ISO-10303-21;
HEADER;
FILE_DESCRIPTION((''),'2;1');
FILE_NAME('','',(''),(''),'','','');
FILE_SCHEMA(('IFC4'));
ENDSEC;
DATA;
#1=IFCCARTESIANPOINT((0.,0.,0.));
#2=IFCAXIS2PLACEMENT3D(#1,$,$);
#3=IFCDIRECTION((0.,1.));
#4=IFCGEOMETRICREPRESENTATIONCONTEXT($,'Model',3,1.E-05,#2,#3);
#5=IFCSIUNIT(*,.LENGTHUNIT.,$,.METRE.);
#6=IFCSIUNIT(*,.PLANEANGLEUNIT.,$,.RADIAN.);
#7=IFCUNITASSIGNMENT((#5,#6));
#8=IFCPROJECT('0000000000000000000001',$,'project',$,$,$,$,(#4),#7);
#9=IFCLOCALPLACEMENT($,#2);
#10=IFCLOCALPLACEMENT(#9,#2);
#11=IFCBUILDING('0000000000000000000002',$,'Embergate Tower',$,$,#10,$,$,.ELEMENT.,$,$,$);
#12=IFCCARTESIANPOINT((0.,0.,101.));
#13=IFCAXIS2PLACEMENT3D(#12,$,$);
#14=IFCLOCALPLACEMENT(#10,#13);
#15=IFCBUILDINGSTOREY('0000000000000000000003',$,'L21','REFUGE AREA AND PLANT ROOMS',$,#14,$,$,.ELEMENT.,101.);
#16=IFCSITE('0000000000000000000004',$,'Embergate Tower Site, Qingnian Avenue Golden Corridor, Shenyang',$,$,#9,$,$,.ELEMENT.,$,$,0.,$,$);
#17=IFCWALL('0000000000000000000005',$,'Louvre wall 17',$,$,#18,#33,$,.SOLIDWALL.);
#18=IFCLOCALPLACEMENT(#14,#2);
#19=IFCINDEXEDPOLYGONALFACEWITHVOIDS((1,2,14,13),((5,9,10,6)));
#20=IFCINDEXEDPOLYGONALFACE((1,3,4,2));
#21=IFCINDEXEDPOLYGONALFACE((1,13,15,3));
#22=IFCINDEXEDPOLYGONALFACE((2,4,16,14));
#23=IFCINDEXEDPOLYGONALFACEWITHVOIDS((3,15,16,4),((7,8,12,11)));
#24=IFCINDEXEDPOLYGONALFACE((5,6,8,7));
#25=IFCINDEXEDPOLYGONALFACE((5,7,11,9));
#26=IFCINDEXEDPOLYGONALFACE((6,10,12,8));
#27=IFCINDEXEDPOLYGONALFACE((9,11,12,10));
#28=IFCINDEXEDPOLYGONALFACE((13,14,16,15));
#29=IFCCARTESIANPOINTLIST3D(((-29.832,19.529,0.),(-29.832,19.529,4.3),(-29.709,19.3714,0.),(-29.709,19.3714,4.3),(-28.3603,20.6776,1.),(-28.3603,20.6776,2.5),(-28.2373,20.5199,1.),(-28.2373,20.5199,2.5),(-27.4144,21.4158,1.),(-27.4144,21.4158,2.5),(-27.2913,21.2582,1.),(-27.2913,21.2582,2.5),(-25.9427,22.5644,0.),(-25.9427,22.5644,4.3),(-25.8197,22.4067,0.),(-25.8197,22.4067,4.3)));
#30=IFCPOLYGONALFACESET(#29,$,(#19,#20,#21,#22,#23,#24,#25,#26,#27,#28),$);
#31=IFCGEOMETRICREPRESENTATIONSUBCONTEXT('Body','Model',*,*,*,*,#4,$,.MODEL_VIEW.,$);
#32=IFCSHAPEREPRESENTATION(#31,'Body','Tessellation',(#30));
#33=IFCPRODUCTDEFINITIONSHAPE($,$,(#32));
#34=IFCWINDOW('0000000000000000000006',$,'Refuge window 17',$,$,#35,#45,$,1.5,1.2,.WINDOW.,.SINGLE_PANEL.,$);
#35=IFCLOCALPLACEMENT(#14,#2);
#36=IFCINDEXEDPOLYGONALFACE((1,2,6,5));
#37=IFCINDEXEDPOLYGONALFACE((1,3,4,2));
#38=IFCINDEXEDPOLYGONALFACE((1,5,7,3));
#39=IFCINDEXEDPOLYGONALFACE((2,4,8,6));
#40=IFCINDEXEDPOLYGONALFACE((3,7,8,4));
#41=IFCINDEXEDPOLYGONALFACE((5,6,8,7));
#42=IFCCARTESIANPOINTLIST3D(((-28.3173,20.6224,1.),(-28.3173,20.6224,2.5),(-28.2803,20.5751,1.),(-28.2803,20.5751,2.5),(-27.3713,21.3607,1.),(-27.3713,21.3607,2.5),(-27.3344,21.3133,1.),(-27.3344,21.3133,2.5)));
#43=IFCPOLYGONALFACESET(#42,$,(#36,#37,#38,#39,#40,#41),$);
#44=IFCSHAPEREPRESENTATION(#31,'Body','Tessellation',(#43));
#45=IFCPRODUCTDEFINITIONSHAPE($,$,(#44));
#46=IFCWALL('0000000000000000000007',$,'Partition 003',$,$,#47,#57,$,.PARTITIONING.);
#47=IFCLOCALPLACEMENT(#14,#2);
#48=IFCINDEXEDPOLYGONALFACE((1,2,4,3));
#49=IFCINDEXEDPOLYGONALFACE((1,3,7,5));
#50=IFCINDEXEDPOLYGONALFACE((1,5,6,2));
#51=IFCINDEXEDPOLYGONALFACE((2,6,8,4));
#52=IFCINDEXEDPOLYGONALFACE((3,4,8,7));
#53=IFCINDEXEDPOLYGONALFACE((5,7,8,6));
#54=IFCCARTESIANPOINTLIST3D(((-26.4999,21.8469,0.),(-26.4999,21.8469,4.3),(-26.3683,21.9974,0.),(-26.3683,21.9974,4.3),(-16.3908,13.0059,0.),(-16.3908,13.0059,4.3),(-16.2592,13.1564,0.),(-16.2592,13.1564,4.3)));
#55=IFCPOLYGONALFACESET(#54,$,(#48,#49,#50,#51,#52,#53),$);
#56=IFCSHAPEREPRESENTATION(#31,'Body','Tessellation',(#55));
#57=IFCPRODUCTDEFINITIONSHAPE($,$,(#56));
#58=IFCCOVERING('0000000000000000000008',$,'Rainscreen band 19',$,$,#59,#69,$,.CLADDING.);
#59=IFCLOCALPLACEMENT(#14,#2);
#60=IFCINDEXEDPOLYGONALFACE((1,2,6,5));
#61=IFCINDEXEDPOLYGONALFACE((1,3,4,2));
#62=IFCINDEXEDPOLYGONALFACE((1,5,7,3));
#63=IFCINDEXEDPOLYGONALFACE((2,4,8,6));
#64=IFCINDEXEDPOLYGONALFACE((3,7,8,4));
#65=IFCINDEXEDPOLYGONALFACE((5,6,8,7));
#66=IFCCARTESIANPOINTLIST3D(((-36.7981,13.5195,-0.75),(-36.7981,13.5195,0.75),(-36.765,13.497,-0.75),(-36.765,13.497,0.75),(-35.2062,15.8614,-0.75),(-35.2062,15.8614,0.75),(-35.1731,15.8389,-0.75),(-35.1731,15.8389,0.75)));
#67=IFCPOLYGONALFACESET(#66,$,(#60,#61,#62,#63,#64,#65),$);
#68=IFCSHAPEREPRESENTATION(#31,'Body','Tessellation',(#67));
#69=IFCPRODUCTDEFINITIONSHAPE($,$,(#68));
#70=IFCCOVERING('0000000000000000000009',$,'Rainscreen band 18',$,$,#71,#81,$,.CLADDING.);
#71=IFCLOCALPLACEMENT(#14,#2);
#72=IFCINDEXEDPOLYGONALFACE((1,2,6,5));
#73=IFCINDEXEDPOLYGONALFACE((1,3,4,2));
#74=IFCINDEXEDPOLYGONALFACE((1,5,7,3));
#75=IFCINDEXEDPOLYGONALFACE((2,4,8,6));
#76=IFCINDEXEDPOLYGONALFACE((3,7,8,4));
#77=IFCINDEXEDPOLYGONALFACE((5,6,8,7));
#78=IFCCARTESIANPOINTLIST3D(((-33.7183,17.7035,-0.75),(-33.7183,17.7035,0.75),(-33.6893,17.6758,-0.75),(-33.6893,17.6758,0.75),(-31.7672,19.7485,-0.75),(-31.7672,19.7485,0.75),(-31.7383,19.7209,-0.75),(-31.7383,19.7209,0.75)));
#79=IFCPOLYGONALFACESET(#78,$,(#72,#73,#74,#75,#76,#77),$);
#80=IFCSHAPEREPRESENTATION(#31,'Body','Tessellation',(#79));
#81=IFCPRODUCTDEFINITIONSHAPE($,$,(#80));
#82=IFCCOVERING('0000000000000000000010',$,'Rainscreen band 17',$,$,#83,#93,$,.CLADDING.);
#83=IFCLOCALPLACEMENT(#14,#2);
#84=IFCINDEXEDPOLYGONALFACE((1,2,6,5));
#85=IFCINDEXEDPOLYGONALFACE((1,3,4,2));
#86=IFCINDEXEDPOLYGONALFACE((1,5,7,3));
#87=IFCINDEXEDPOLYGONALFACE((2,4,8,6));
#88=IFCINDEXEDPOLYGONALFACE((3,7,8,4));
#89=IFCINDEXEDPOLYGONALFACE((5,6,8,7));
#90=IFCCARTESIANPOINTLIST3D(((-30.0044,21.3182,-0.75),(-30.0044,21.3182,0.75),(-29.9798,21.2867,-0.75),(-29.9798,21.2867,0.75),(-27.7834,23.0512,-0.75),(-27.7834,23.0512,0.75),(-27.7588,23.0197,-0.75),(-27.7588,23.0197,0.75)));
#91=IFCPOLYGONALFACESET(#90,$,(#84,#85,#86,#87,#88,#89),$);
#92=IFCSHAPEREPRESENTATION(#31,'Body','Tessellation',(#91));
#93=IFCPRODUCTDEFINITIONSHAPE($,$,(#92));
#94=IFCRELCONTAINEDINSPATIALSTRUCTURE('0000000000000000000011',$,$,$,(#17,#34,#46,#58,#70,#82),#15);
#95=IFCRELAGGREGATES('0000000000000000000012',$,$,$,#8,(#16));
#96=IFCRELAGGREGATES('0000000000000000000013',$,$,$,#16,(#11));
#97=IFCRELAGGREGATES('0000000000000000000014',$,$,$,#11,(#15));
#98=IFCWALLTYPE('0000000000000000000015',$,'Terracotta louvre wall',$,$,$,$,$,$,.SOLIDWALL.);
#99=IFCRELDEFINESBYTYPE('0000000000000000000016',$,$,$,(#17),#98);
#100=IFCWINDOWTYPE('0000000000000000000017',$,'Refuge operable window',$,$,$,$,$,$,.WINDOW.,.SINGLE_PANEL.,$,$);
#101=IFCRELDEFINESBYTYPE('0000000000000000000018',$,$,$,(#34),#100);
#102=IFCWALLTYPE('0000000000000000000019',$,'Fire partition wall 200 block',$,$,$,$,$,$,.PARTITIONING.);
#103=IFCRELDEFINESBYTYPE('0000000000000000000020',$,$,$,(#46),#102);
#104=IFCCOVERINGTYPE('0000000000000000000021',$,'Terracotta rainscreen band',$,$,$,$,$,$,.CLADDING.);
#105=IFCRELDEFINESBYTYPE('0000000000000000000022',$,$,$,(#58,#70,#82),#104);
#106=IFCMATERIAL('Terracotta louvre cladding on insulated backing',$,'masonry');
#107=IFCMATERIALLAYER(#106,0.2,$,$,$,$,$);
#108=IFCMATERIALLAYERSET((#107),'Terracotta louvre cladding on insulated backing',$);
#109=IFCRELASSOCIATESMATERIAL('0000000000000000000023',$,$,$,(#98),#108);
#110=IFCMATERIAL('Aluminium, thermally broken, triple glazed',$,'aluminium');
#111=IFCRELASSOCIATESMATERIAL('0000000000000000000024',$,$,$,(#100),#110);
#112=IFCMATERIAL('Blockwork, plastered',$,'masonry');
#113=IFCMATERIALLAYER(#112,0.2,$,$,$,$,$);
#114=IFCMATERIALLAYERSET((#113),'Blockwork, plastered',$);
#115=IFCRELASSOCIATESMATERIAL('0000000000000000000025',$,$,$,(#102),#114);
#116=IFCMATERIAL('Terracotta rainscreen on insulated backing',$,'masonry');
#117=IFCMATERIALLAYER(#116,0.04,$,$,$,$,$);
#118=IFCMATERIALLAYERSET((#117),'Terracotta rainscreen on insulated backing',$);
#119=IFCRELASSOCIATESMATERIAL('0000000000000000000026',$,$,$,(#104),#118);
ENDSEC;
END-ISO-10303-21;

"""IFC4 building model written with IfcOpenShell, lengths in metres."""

from ifc_helpers import new_model, si_unit, direction, frame, frame_2d, origin, origin_2d, place, context, subcontext, project, spatial, rectangle, extrude, source, transform, mapped, material, layer, layer_set, type_object, element, fill, save


model = new_model("IFC4")

# Units and contexts
model_context = context("Model", 3, precision=1e-05, world=origin(), true_north=direction((0.0, 1.0)))
body_context = subcontext(model_context, "Body", "Model", "MODEL_VIEW")
ifc_project = project(units=[si_unit("LENGTHUNIT", "METRE"), si_unit("PLANEANGLEUNIT", "RADIAN")], contexts=[model_context])

# Site, building, storey
site_placement = place(None, origin())
site = spatial("IfcSite", under=ifc_project, at=site_placement, Name="Embergate Tower Site, Qingnian Avenue Golden Corridor, Shenyang", CompositionType="ELEMENT", RefElevation=0.0)
building_placement = place(site_placement, origin())
building = spatial("IfcBuilding", under=site, at=building_placement, Name="Embergate Tower", CompositionType="ELEMENT")
storey_placement = place(building_placement, frame((0.0, 0.0, 101.0)))
storey = spatial("IfcBuildingStorey", under=building, at=storey_placement, Name="L21", Description="REFUGE AREA AND PLANT ROOMS", CompositionType="ELEMENT", Elevation=101.0)

# Wall, opening, window
ifc_material_1 = material(Name="Terracotta louvre cladding on insulated backing", Category="masonry")
ifc_layer_1 = layer(ifc_material_1, 0.2)
ifc_layer_set_1 = layer_set([ifc_layer_1], Name="Terracotta louvre cladding on insulated backing")
wall_type_1 = type_object("IfcWallType", Name="Terracotta louvre wall", PredefinedType="SOLIDWALL", material=ifc_layer_set_1)
shared_shape_1 = source(origin(), body_context, "Body", "SweptSolid", [
    extrude(rectangle(XDim=1.2, YDim=1.5, at=frame_2d((0.6001, 0.75))), frame((0.0, 0.1099, 0.0), z_axis=(0.0, -1.0, 0.0), x_axis=(1.0, 0.0, 0.0)), (0.0, 0.0, 1.0), 0.22),
])
ifc_material_2 = material(Name="Aluminium, thermally broken, triple glazed", Category="aluminium")
window_type = type_object("IfcWindowType", Name="Refuge operable window", PartitioningType="SINGLE_PANEL", PredefinedType="WINDOW", material=ifc_material_2)
shared_shape_2 = source(origin(), body_context, "Body", "SweptSolid", [
    extrude(rectangle(XDim=1.2, YDim=1.5, at=frame_2d((0.6001, 0.75))), frame((0.0, 0.03, 0.0), z_axis=(0.0, -1.0, 0.0), x_axis=(1.0, 0.0, 0.0)), (0.0, 0.0, 1.0), 0.0601),
])
shared_shape_3 = source(origin(), body_context, "Body", "SweptSolid", [
    extrude(rectangle(XDim=4.9336, YDim=0.2, at=frame_2d((2.4668, 0.0))), origin(), (0.0, 0.0, 1.0), 4.3),
])
wall_1_placement = place(storey_placement, frame((-29.7705, 19.4502, 0.0), z_axis=(0.0, 0.0, 1.0), x_axis=(0.788339, 0.615242, 0.0)))
wall_1 = element("IfcWall", 1, at=wall_1_placement, inside=storey, type_object=wall_type_1, Name="Louvre wall 17", PredefinedType="SOLIDWALL", context=body_context, shape_type="MappedRepresentation", body=[
    mapped(shared_shape_3, transform((0.0, 0.0, 0.0))),
])
opening_1_placement = place(wall_1_placement, frame((1.8667, 0.0, 1.0)))
opening_1 = element("IfcOpeningElement", 2, at=opening_1_placement, cuts=wall_1, PredefinedType="OPENING", context=body_context, shape_type="MappedRepresentation", body=[
    mapped(shared_shape_1, transform((0.0, 0.0, 0.0))),
])
window_1_placement = place(opening_1_placement, origin())
window_1 = element("IfcWindow", 3, at=window_1_placement, inside=storey, type_object=window_type, Name="Refuge window 17", OverallHeight=1.5, OverallWidth=1.2, PartitioningType="SINGLE_PANEL", PredefinedType="WINDOW", context=body_context, shape_type="MappedRepresentation", body=[
    mapped(shared_shape_2, transform((0.0, 0.0, 0.0))),
])
fill(opening_1, window_1)

# Wall
ifc_material_3 = material(Name="Blockwork, plastered", Category="masonry")
ifc_layer_2 = layer(ifc_material_3, 0.2)
ifc_layer_set_2 = layer_set([ifc_layer_2], Name="Blockwork, plastered")
wall_type_2 = type_object("IfcWallType", Name="Fire partition wall 200 block", PredefinedType="PARTITIONING", material=ifc_layer_set_2)
shared_shape_4 = source(origin(), body_context, "Body", "SweptSolid", [
    extrude(rectangle(XDim=13.4297, YDim=0.2, at=frame_2d((6.7148, 0.0))), origin(), (0.0, 0.0, 1.0), 4.3),
])
wall_2_placement = place(storey_placement, frame((-26.4341, 21.9221, 0.0), z_axis=(0.0, 0.0, 1.0), x_axis=(0.75274, -0.658318, 0.0)))
element("IfcWall", 4, at=wall_2_placement, inside=storey, type_object=wall_type_2, Name="Partition 003", PredefinedType="PARTITIONING", context=body_context, shape_type="MappedRepresentation", body=[
    mapped(shared_shape_4, transform((0.0, 0.0, 0.0))),
])

# Coverings
ifc_material_4 = material(Name="Terracotta rainscreen on insulated backing", Category="masonry")
ifc_layer_3 = layer(ifc_material_4, 0.04)
ifc_layer_set_3 = layer_set([ifc_layer_3], Name="Terracotta rainscreen on insulated backing")
covering_type = type_object("IfcCoveringType", Name="Terracotta rainscreen band", PredefinedType="CLADDING", material=ifc_layer_set_3)
shared_shape_5 = source(origin(), body_context, "Body", "SweptSolid", [
    extrude(rectangle(XDim=2.8318, YDim=0.04, at=origin_2d()), origin(), (0.0, 0.0, 1.0), 1.5),
])
covering_1_placement = place(storey_placement, frame((-35.9856, 14.6792, -0.75), z_axis=(0.0, 0.0, 1.0), x_axis=(-0.562174, -0.827019, 0.0)))
element("IfcCovering", 5, at=covering_1_placement, inside=storey, type_object=covering_type, Name="Rainscreen band 19", PredefinedType="CLADDING", context=body_context, shape_type="MappedRepresentation", body=[
    mapped(shared_shape_5, transform((0.0, 0.0, 0.0))),
])
shared_shape_6 = source(origin(), body_context, "Body", "SweptSolid", [
    extrude(rectangle(XDim=2.8264, YDim=0.04, at=origin_2d()), origin(), (0.0, 0.0, 1.0), 1.5),
])
covering_2_placement = place(storey_placement, frame((-32.7283, 18.7122, -0.75), z_axis=(0.0, 0.0, 1.0), x_axis=(-0.690282, -0.723541, 0.0)))
element("IfcCovering", 6, at=covering_2_placement, inside=storey, type_object=covering_type, Name="Rainscreen band 18", PredefinedType="CLADDING", context=body_context, shape_type="MappedRepresentation", body=[
    mapped(shared_shape_6, transform((0.0, 0.0, 0.0))),
])
shared_shape_7 = source(origin(), body_context, "Body", "SweptSolid", [
    extrude(rectangle(XDim=2.8171, YDim=0.04, at=origin_2d()), origin(), (0.0, 0.0, 1.0), 1.5),
])
covering_3_placement = place(storey_placement, frame((-28.8816, 22.1689, -0.75), z_axis=(0.0, 0.0, 1.0), x_axis=(-0.788395, -0.615169, 0.0)))
element("IfcCovering", 7, at=covering_3_placement, inside=storey, type_object=covering_type, Name="Rainscreen band 17", PredefinedType="CLADDING", context=body_context, shape_type="MappedRepresentation", body=[
    mapped(shared_shape_7, transform((0.0, 0.0, 0.0))),
])

save(model, "model.ifc")
